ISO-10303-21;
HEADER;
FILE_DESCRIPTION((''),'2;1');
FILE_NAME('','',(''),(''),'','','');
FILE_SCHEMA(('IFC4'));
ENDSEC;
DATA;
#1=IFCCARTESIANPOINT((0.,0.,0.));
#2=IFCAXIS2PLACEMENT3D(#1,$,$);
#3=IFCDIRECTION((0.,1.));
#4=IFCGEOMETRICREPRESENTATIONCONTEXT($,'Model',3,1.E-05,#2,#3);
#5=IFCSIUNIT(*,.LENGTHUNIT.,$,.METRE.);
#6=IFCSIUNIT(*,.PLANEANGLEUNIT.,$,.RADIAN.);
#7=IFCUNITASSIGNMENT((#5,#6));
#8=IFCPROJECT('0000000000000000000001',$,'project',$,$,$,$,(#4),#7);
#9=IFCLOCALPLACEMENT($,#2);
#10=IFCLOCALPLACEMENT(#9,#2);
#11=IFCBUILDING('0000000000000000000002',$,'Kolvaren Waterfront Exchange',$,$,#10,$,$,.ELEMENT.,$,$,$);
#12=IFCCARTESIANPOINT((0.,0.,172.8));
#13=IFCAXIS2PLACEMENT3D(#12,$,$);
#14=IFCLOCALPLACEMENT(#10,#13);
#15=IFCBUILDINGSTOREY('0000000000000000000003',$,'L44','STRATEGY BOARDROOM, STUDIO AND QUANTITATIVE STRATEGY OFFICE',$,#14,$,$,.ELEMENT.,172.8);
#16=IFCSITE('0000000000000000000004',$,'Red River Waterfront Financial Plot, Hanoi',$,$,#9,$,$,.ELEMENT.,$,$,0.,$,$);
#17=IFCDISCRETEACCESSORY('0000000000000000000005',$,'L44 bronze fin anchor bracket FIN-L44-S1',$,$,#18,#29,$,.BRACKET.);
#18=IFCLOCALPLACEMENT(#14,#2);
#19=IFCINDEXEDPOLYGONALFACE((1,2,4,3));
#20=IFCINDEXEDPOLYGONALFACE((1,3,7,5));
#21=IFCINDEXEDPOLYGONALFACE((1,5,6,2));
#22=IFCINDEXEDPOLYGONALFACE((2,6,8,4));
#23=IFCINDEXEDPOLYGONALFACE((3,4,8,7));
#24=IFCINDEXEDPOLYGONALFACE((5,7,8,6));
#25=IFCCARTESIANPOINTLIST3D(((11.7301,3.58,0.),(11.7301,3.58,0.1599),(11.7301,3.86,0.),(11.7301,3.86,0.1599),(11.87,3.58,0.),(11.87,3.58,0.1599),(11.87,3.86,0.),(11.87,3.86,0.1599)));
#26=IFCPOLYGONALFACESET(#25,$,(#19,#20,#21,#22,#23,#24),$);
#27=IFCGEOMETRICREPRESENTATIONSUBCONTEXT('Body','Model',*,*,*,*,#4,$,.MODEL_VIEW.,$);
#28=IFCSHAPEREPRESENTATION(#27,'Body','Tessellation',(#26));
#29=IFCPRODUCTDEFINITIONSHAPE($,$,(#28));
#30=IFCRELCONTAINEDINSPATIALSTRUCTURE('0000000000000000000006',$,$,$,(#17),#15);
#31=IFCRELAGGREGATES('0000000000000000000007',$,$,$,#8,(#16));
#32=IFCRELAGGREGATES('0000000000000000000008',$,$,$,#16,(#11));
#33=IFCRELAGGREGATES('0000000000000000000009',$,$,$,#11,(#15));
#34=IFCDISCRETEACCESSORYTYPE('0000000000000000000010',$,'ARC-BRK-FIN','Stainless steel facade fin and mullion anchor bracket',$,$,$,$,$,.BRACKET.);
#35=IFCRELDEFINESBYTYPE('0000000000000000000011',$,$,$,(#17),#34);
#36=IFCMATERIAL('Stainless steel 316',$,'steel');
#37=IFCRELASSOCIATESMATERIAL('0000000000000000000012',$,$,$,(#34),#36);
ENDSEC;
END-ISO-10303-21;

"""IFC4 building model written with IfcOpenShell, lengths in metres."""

from ifc_helpers import new_model, si_unit, direction, frame, origin, origin_with_axes, origin_2d, place, context, subcontext, project, spatial, rectangle, extrude, source, transform, mapped, material, type_object, element, save


model = new_model("IFC4")

# Units and contexts
model_context = context("Model", 3, precision=1e-05, world=origin(), true_north=direction((0.0, 1.0)))
body_context = subcontext(model_context, "Body", "Model", "MODEL_VIEW")
ifc_project = project(units=[si_unit("LENGTHUNIT", "METRE"), si_unit("PLANEANGLEUNIT", "RADIAN")], contexts=[model_context])

# Site, building, storey
site_placement = place(None, origin())
site = spatial("IfcSite", under=ifc_project, at=site_placement, Name="Red River Waterfront Financial Plot, Hanoi", CompositionType="ELEMENT", RefElevation=0.0)
building_placement = place(site_placement, origin())
building = spatial("IfcBuilding", under=site, at=building_placement, Name="Kolvaren Waterfront Exchange", CompositionType="ELEMENT")
storey_placement = place(building_placement, frame((0.0, 0.0, 172.8)))
storey = spatial("IfcBuildingStorey", under=building, at=storey_placement, Name="L44", Description="STRATEGY BOARDROOM, STUDIO AND QUANTITATIVE STRATEGY OFFICE", CompositionType="ELEMENT", Elevation=172.8)

# Shared definitions
ifc_material_1 = material(Name="Stainless steel 316", Category="steel")

# Discrete accessory
discrete_accessory_type = type_object("IfcDiscreteAccessoryType", Name="ARC-BRK-FIN", Description="Stainless steel facade fin and mullion anchor bracket", PredefinedType="BRACKET", material=ifc_material_1)
shared_shape_1 = source(origin_with_axes(), body_context, "Body", "SweptSolid", [
    extrude(rectangle(XDim=0.28, YDim=0.1399, at=origin_2d()), origin(), (0.0, 0.0, 1.0), 0.1599),
])
discrete_accessory_placement = place(storey_placement, frame((11.8, 3.72, 0.0), z_axis=(0.0, 0.0, 1.0), x_axis=(0.0, -1.0, 0.0)))
element("IfcDiscreteAccessory", 1, at=discrete_accessory_placement, inside=storey, type_object=discrete_accessory_type, Name="L44 bronze fin anchor bracket FIN-L44-S1", PredefinedType="BRACKET", context=body_context, shape_type="MappedRepresentation", body=[
    mapped(shared_shape_1, transform((0.0, 0.0, 0.0), x_axis=(1.0, 0.0, 0.0), y_axis=(0.0, 1.0, 0.0), z_axis=(0.0, 0.0, 1.0), scale=1.0)),
])

save(model, "model.ifc")
